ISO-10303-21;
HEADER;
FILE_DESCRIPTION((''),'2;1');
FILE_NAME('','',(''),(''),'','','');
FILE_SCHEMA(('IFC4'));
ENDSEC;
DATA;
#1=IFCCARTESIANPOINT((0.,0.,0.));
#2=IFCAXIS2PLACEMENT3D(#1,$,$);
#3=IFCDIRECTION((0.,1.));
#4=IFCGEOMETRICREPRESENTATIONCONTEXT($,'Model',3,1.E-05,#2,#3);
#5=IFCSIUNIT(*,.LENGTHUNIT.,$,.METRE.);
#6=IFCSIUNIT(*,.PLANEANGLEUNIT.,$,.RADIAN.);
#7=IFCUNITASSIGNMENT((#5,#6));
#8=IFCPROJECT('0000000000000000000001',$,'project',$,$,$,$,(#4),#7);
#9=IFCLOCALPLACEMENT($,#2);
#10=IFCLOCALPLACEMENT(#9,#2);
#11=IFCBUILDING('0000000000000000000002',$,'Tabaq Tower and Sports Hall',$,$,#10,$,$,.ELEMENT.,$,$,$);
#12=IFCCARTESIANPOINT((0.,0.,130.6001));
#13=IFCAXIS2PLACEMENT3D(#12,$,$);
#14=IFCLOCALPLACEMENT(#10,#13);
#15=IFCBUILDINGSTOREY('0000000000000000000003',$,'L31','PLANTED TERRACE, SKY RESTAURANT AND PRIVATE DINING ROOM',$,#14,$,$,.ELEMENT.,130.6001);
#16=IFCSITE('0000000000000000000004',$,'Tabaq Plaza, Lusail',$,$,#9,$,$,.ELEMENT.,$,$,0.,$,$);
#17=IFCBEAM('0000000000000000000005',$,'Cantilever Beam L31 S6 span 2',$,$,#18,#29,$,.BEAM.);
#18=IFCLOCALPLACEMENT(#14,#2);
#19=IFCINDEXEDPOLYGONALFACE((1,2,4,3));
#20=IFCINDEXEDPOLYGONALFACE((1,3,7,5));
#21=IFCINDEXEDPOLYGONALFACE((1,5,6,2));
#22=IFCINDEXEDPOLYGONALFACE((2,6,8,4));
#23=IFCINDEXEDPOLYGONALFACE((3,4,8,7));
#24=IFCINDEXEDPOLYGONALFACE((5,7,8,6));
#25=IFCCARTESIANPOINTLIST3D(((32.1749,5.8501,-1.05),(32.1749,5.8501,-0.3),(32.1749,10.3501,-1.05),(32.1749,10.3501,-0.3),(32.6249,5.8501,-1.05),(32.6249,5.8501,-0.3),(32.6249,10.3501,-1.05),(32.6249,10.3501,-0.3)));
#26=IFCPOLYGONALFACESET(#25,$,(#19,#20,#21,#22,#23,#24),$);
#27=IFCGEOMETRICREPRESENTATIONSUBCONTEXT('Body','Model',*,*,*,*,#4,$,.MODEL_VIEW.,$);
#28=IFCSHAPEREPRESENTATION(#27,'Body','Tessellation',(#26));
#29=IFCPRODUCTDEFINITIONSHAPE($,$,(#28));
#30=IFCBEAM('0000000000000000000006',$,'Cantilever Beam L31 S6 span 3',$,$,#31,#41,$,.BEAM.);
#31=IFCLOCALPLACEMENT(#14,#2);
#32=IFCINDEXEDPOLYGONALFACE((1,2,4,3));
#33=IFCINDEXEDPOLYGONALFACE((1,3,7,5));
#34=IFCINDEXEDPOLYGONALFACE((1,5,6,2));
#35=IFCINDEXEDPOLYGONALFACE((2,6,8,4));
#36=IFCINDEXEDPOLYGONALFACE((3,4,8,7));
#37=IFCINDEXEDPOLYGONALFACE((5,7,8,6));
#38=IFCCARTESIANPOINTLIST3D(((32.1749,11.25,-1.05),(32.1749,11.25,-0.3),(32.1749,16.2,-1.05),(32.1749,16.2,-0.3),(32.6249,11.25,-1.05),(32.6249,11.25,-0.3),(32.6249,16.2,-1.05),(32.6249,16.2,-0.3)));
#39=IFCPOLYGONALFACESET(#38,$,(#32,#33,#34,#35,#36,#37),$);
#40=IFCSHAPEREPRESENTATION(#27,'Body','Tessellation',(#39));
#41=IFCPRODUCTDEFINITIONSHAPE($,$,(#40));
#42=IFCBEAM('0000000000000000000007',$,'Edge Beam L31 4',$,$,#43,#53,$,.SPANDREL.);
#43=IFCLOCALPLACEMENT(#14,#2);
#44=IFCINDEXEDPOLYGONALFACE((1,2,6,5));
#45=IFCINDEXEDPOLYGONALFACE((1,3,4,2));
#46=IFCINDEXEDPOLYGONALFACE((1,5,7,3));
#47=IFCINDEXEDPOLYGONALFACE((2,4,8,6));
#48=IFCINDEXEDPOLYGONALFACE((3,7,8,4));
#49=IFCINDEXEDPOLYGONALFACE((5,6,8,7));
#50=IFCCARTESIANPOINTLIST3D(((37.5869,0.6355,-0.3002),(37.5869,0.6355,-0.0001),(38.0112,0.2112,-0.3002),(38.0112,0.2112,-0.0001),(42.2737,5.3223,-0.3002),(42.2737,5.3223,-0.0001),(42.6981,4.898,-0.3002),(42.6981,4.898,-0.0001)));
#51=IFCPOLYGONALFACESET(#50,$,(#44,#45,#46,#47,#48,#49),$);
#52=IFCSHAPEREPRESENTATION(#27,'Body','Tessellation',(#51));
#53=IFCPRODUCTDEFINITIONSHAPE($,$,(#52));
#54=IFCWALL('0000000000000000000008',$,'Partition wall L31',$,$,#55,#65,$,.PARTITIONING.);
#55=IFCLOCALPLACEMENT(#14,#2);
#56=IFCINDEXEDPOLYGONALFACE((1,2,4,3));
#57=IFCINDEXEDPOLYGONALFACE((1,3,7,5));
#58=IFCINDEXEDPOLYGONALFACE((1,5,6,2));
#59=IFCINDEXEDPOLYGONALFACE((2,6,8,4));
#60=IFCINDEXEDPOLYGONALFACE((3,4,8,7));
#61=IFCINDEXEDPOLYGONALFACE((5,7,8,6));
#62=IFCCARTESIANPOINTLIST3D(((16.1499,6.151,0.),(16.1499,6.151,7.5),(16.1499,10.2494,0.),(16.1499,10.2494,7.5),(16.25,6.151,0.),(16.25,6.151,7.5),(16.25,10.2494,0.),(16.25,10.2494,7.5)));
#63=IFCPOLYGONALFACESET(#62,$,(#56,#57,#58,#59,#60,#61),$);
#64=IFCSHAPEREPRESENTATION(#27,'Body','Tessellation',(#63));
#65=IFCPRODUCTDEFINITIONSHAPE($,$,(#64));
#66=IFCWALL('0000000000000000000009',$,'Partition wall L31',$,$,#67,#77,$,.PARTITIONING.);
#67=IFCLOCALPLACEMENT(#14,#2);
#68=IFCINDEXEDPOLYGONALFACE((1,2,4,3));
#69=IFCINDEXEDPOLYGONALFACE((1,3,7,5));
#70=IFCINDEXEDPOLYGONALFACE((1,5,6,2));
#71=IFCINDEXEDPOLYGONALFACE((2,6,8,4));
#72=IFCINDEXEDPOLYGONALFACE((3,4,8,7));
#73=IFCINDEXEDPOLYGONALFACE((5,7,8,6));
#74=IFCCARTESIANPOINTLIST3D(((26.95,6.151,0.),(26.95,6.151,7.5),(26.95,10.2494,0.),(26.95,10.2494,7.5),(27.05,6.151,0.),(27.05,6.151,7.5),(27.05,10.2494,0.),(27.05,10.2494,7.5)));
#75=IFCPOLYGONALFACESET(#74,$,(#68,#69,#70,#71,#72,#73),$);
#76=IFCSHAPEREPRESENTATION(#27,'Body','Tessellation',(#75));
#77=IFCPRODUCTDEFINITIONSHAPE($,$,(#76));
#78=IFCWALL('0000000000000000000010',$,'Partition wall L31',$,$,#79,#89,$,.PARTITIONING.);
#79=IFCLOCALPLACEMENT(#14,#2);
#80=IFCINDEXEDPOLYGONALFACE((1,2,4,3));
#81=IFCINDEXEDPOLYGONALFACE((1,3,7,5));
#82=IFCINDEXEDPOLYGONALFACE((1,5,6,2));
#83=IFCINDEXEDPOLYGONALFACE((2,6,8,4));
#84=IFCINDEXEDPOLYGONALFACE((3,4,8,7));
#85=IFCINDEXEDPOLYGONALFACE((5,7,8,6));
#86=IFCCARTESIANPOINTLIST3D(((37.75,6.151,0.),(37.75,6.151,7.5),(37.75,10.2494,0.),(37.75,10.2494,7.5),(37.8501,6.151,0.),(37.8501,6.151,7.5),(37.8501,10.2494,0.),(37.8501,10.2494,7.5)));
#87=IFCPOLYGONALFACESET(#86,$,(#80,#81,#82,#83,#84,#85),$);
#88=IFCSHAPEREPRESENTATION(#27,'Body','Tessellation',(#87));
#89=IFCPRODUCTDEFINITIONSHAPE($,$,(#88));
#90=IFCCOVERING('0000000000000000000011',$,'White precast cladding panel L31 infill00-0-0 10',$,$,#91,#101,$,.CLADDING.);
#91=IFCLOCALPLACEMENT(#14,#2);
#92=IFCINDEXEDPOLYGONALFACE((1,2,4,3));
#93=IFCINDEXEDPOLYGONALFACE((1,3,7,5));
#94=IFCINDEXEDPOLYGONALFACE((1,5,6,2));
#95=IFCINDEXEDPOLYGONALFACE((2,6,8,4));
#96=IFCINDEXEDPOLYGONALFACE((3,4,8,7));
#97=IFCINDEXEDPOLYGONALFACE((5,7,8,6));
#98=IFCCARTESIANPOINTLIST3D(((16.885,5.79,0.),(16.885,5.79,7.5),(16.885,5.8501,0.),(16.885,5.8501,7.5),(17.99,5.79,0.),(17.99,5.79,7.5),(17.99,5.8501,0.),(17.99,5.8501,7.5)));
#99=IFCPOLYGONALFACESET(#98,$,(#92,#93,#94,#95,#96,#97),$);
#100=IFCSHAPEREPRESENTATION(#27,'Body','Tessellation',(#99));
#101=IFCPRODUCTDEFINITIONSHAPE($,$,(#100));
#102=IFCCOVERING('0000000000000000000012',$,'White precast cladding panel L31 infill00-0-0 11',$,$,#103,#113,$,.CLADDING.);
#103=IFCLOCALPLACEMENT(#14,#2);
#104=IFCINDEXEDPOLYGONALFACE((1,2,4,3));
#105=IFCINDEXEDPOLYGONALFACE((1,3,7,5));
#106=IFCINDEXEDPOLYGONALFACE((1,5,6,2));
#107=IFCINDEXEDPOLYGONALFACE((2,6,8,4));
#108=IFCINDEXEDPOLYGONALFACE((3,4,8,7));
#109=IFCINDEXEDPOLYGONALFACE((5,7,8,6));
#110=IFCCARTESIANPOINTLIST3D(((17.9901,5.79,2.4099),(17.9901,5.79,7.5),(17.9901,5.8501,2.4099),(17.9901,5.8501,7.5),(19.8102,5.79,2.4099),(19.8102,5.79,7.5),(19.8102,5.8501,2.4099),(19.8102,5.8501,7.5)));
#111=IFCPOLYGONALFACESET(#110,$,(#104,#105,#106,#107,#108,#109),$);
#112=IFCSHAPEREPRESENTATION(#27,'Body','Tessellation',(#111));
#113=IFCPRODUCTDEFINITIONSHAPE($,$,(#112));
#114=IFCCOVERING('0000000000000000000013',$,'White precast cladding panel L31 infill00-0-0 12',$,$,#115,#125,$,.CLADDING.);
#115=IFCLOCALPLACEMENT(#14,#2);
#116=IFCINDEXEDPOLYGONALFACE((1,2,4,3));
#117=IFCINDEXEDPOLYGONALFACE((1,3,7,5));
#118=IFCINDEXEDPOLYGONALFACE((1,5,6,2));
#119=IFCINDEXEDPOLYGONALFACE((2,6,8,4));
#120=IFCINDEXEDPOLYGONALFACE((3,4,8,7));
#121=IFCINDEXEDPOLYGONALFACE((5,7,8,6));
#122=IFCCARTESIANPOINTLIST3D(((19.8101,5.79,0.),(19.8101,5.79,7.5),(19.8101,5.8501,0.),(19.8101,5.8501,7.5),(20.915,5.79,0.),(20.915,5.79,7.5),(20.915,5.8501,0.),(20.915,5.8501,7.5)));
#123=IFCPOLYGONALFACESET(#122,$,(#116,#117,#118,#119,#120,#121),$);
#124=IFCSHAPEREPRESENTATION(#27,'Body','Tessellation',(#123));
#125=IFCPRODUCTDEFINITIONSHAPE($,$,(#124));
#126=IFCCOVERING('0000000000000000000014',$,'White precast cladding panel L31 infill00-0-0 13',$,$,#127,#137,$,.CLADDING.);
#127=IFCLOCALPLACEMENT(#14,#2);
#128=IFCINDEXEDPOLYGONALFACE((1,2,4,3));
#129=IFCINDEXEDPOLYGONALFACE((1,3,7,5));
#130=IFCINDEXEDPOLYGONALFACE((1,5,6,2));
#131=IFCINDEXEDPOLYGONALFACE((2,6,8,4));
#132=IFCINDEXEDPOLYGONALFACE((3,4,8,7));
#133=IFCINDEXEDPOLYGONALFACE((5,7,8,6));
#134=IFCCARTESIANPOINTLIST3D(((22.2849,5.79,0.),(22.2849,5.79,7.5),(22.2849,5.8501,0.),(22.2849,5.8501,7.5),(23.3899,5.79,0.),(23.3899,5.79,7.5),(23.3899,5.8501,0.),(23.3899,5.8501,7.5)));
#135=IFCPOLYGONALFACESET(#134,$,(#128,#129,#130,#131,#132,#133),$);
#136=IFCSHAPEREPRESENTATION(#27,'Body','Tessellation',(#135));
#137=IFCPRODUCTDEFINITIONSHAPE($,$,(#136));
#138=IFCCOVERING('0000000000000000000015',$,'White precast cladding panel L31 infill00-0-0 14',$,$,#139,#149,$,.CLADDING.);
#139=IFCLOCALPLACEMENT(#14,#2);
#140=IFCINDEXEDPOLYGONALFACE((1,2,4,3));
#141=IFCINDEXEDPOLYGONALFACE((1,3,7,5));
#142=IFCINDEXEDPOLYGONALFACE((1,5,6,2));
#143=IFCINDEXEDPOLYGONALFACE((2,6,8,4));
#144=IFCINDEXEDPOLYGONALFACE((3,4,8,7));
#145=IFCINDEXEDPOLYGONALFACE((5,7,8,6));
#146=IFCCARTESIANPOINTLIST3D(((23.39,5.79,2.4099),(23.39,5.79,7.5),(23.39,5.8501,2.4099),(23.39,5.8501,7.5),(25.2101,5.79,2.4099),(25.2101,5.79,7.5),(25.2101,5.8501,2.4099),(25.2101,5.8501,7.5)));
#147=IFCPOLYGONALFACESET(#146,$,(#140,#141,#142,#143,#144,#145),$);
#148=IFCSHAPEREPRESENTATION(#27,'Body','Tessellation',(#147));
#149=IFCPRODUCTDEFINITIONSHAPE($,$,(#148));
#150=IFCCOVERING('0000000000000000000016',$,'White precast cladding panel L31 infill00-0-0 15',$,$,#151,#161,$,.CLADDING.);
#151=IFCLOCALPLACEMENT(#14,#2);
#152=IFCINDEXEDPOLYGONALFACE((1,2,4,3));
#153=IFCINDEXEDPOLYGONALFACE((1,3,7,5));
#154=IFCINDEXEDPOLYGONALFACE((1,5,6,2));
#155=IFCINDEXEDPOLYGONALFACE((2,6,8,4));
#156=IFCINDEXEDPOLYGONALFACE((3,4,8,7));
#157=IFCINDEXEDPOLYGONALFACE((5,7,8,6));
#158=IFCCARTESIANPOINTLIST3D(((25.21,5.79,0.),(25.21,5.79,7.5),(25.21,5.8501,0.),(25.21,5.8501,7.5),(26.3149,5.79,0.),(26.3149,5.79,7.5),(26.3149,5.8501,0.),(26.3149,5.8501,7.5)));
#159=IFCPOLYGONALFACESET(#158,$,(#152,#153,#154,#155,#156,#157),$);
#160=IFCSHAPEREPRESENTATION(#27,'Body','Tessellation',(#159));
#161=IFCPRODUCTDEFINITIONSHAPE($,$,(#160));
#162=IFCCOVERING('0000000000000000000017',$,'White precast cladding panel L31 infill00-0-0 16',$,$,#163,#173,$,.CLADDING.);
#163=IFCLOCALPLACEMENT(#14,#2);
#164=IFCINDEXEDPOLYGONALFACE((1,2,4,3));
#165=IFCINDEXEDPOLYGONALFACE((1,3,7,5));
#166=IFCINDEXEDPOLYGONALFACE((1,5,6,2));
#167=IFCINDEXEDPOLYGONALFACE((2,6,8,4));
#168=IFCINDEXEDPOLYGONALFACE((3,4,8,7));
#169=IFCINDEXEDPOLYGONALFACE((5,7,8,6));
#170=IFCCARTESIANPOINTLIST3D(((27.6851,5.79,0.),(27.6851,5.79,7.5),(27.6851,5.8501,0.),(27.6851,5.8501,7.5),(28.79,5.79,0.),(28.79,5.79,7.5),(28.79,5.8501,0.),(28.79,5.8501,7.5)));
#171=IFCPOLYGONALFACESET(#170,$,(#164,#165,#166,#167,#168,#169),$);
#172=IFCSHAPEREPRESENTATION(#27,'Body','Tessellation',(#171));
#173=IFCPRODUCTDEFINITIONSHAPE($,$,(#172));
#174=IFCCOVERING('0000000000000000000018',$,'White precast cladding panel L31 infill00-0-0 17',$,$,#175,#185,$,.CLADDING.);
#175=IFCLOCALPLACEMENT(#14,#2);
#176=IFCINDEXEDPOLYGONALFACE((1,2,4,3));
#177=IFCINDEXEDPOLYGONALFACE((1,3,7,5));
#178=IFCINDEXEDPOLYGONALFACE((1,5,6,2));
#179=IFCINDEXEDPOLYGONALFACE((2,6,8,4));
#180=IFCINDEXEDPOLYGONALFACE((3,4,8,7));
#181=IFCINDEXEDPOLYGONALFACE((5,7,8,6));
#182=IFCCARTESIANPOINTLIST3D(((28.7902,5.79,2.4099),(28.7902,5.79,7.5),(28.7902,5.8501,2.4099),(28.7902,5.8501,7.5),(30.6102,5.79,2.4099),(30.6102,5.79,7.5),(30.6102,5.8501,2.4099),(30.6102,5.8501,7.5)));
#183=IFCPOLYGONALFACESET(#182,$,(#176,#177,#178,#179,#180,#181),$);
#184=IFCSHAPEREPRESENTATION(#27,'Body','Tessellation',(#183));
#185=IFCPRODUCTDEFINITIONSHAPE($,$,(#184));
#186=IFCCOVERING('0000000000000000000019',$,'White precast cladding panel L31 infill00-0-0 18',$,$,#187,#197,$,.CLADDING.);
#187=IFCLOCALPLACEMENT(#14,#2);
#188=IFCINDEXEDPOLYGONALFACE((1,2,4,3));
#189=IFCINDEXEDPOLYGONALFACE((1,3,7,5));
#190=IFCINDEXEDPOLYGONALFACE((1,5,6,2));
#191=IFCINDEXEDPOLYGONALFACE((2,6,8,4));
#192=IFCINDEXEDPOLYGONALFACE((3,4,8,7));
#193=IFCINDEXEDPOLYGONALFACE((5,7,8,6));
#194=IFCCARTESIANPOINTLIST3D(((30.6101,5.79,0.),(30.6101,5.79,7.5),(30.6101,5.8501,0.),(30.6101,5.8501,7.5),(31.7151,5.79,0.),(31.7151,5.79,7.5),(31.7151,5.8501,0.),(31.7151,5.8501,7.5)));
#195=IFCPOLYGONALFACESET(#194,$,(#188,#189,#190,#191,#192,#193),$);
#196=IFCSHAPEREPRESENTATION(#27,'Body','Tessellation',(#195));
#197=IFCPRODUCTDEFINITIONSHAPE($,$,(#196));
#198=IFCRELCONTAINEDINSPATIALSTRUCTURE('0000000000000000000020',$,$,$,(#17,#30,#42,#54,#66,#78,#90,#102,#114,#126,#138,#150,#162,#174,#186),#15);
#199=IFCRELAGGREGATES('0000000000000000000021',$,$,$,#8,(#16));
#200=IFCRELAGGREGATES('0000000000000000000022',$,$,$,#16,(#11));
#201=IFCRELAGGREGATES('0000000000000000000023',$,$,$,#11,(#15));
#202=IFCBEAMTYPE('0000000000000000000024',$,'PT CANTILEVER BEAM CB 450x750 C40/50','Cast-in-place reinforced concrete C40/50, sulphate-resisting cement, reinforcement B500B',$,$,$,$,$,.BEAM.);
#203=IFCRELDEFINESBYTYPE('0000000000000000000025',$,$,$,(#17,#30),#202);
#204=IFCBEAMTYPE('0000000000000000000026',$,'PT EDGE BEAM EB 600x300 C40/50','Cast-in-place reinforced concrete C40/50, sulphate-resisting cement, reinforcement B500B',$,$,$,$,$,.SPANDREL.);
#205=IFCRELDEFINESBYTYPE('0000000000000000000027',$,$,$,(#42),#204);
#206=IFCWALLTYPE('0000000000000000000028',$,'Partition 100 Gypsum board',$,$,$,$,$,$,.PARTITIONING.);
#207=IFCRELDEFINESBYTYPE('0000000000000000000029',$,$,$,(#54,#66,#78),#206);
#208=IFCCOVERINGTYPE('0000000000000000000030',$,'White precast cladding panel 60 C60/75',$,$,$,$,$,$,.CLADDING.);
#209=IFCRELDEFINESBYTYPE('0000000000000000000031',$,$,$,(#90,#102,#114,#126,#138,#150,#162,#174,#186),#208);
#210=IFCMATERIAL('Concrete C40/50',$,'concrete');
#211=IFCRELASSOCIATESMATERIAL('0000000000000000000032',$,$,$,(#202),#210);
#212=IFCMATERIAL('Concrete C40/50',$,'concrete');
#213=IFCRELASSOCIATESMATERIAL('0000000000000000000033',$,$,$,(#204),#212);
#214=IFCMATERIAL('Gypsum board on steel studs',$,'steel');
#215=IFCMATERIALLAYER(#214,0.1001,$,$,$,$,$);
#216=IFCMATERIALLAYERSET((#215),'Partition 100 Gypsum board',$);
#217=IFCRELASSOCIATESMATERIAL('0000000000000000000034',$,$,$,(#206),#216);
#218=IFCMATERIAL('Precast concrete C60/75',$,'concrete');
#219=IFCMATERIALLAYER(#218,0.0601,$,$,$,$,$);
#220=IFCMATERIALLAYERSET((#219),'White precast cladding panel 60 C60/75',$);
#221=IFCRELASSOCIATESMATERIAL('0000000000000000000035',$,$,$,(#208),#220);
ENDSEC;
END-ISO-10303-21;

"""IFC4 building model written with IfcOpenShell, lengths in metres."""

from ifc_helpers import new_model, si_unit, direction, frame, frame_2d, origin, origin_2d, place, context, subcontext, project, spatial, rectangle, extrude, material, layer, layer_set, material_profile, profile_set, type_object, element, save


model = new_model("IFC4")

# Units and contexts
model_context = context("Model", 3, precision=1e-05, world=origin(), true_north=direction((0.0, 1.0)))
body_context = subcontext(model_context, "Body", "Model", "MODEL_VIEW")
ifc_project = project(units=[si_unit("LENGTHUNIT", "METRE"), si_unit("PLANEANGLEUNIT", "RADIAN")], contexts=[model_context])

# Site, building, storey
site_placement = place(None, origin())
site = spatial("IfcSite", under=ifc_project, at=site_placement, Name="Tabaq Plaza, Lusail", CompositionType="ELEMENT", RefElevation=0.0)
building_placement = place(site_placement, origin())
building = spatial("IfcBuilding", under=site, at=building_placement, Name="Tabaq Tower and Sports Hall", CompositionType="ELEMENT")
storey_placement = place(building_placement, frame((0.0, 0.0, 130.6001)))
storey = spatial("IfcBuildingStorey", under=building, at=storey_placement, Name="L31", Description="PLANTED TERRACE, SKY RESTAURANT AND PRIVATE DINING ROOM", CompositionType="ELEMENT", Elevation=130.6001)

# Beams
ifc_material_1 = material(Name="Concrete C40/50", Category="concrete")
ifc_material_profile_1 = material_profile(ifc_material_1, rectangle(XDim=0.45, YDim=0.75, at=origin_2d()), Name="CB 450x750")
ifc_profile_set_1 = profile_set([ifc_material_profile_1], Name="Concrete C40/50")
beam_type_1 = type_object("IfcBeamType", Name="PT CANTILEVER BEAM CB 450x750 C40/50", Description="Cast-in-place reinforced concrete C40/50, sulphate-resisting cement, reinforcement B500B", PredefinedType="BEAM", material=ifc_profile_set_1)
beam_1_placement = place(storey_placement, frame((32.3999, 5.8501, -0.675), z_axis=(0.0, 1.0, 0.0), x_axis=(-1.0, 0.0, 0.0)))
element("IfcBeam", 1, at=beam_1_placement, inside=storey, type_object=beam_type_1, Name="Cantilever Beam L31 S6 span 2", PredefinedType="BEAM", context=body_context, shape_type="SweptSolid", body=[
    extrude(rectangle(XDim=0.45, YDim=0.75, at=origin_2d()), origin(), (0.0, 0.0, 1.0), 4.5),
])
beam_2_placement = place(storey_placement, frame((32.3999, 11.25, -0.675), z_axis=(0.0, 1.0, 0.0), x_axis=(-1.0, 0.0, 0.0)))
element("IfcBeam", 2, at=beam_2_placement, inside=storey, type_object=beam_type_1, Name="Cantilever Beam L31 S6 span 3", PredefinedType="BEAM", context=body_context, shape_type="SweptSolid", body=[
    extrude(rectangle(XDim=0.45, YDim=0.75, at=origin_2d()), origin(), (0.0, 0.0, 1.0), 4.95),
])
ifc_material_2 = material(Name="Concrete C40/50", Category="concrete")
ifc_material_profile_2 = material_profile(ifc_material_2, rectangle(XDim=0.6001, YDim=0.3, at=origin_2d()), Name="EB 600x300")
ifc_profile_set_2 = profile_set([ifc_material_profile_2], Name="Concrete C40/50")
beam_type_2 = type_object("IfcBeamType", Name="PT EDGE BEAM EB 600x300 C40/50", Description="Cast-in-place reinforced concrete C40/50, sulphate-resisting cement, reinforcement B500B", PredefinedType="SPANDREL", material=ifc_profile_set_2)
beam_3_placement = place(storey_placement, frame((37.7991, 0.4233, -0.1501), z_axis=(0.707107, 0.707107, 0.0), x_axis=(-0.707107, 0.707107, 0.0)))
element("IfcBeam", 3, at=beam_3_placement, inside=storey, type_object=beam_type_2, Name="Edge Beam L31 4", PredefinedType="SPANDREL", context=body_context, shape_type="SweptSolid", body=[
    extrude(rectangle(XDim=0.6001, YDim=0.3, at=origin_2d()), origin(), (0.0, 0.0, 1.0), 6.6282),
])

# Walls
ifc_material_3 = material(Name="Gypsum board on steel studs", Category="steel")
ifc_layer_1 = layer(ifc_material_3, 0.1001)
ifc_layer_set_1 = layer_set([ifc_layer_1], Name="Partition 100 Gypsum board")
wall_type = type_object("IfcWallType", Name="Partition 100 Gypsum board", PredefinedType="PARTITIONING", material=ifc_layer_set_1)
for number, where, z_axis, x_axis, name in (
    (4, (16.2, 6.1509, 0.0), (0.0, 0.0, 1.0), (0.0, 1.0, 0.0), "Partition wall L31"),
    (5, (27.0, 6.1509, 0.0), (0.0, 0.0, 1.0), (0.0, 1.0, 0.0), "Partition wall L31"),
    (6, (37.8, 6.1509, 0.0), (0.0, 0.0, 1.0), (0.0, 1.0, 0.0), "Partition wall L31"),
):
    element("IfcWall", number, at=place(storey_placement, frame(where, z_axis=z_axis, x_axis=x_axis)), inside=storey, type_object=wall_type, Name=name, PredefinedType="PARTITIONING", context=body_context, shape_type="SweptSolid", body=[
        extrude(rectangle(XDim=4.0984, YDim=0.1001, at=frame_2d((2.0493, 0.0))), origin(), (0.0, 0.0, 1.0), 7.5),
    ])

# Coverings
ifc_material_4 = material(Name="Precast concrete C60/75", Category="concrete")
ifc_layer_2 = layer(ifc_material_4, 0.0601)
ifc_layer_set_2 = layer_set([ifc_layer_2], Name="White precast cladding panel 60 C60/75")
covering_type = type_object("IfcCoveringType", Name="White precast cladding panel 60 C60/75", PredefinedType="CLADDING", material=ifc_layer_set_2)
covering_1_placement = place(storey_placement, frame((16.885, 5.8201, 0.0), z_axis=(0.0, 0.0, 1.0), x_axis=(1.0, 0.0, 0.0)))
element("IfcCovering", 7, at=covering_1_placement, inside=storey, type_object=covering_type, Name="White precast cladding panel L31 infill00-0-0 10", PredefinedType="CLADDING", context=body_context, shape_type="SweptSolid", body=[
    extrude(rectangle(XDim=1.105, YDim=0.0601, at=frame_2d((0.5525, 0.0))), origin(), (0.0, 0.0, 1.0), 7.5),
])
covering_2_placement = place(storey_placement, frame((17.99, 5.8201, 2.4099), z_axis=(0.0, 0.0, 1.0), x_axis=(1.0, 0.0, 0.0)))
element("IfcCovering", 8, at=covering_2_placement, inside=storey, type_object=covering_type, Name="White precast cladding panel L31 infill00-0-0 11", PredefinedType="CLADDING", context=body_context, shape_type="SweptSolid", body=[
    extrude(rectangle(XDim=1.8201, YDim=0.0601, at=frame_2d((0.9102, 0.0))), origin(), (0.0, 0.0, 1.0), 5.0901),
])
for number, where, z_axis, x_axis, name in (
    (9, (19.8101, 5.8201, 0.0), (0.0, 0.0, 1.0), (1.0, 0.0, 0.0), "White precast cladding panel L31 infill00-0-0 12"),
    (10, (22.2849, 5.8201, 0.0), (0.0, 0.0, 1.0), (1.0, 0.0, 0.0), "White precast cladding panel L31 infill00-0-0 13"),
):
    element("IfcCovering", number, at=place(storey_placement, frame(where, z_axis=z_axis, x_axis=x_axis)), inside=storey, type_object=covering_type, Name=name, PredefinedType="CLADDING", context=body_context, shape_type="SweptSolid", body=[
        extrude(rectangle(XDim=1.105, YDim=0.0601, at=frame_2d((0.5525, 0.0))), origin(), (0.0, 0.0, 1.0), 7.5),
    ])
covering_3_placement = place(storey_placement, frame((23.3899, 5.8201, 2.4099), z_axis=(0.0, 0.0, 1.0), x_axis=(1.0, 0.0, 0.0)))
element("IfcCovering", 11, at=covering_3_placement, inside=storey, type_object=covering_type, Name="White precast cladding panel L31 infill00-0-0 14", PredefinedType="CLADDING", context=body_context, shape_type="SweptSolid", body=[
    extrude(rectangle(XDim=1.8201, YDim=0.0601, at=frame_2d((0.9102, 0.0))), origin(), (0.0, 0.0, 1.0), 5.0901),
])
for number, where, z_axis, x_axis, name in (
    (12, (25.21, 5.8201, 0.0), (0.0, 0.0, 1.0), (1.0, 0.0, 0.0), "White precast cladding panel L31 infill00-0-0 15"),
    (13, (27.6851, 5.8201, 0.0), (0.0, 0.0, 1.0), (1.0, 0.0, 0.0), "White precast cladding panel L31 infill00-0-0 16"),
):
    element("IfcCovering", number, at=place(storey_placement, frame(where, z_axis=z_axis, x_axis=x_axis)), inside=storey, type_object=covering_type, Name=name, PredefinedType="CLADDING", context=body_context, shape_type="SweptSolid", body=[
        extrude(rectangle(XDim=1.105, YDim=0.0601, at=frame_2d((0.5525, 0.0))), origin(), (0.0, 0.0, 1.0), 7.5),
    ])
covering_4_placement = place(storey_placement, frame((28.79, 5.8201, 2.4099), z_axis=(0.0, 0.0, 1.0), x_axis=(1.0, 0.0, 0.0)))
element("IfcCovering", 14, at=covering_4_placement, inside=storey, type_object=covering_type, Name="White precast cladding panel L31 infill00-0-0 17", PredefinedType="CLADDING", context=body_context, shape_type="SweptSolid", body=[
    extrude(rectangle(XDim=1.8201, YDim=0.0601, at=frame_2d((0.9102, 0.0))), origin(), (0.0, 0.0, 1.0), 5.0901),
])
for number, where, z_axis, x_axis, name in (
    (15, (30.6101, 5.8201, 0.0), (0.0, 0.0, 1.0), (1.0, 0.0, 0.0), "White precast cladding panel L31 infill00-0-0 18"),
):
    element("IfcCovering", number, at=place(storey_placement, frame(where, z_axis=z_axis, x_axis=x_axis)), inside=storey, type_object=covering_type, Name=name, PredefinedType="CLADDING", context=body_context, shape_type="SweptSolid", body=[
        extrude(rectangle(XDim=1.105, YDim=0.0601, at=frame_2d((0.5525, 0.0))), origin(), (0.0, 0.0, 1.0), 7.5),
    ])

save(model, "model.ifc")
